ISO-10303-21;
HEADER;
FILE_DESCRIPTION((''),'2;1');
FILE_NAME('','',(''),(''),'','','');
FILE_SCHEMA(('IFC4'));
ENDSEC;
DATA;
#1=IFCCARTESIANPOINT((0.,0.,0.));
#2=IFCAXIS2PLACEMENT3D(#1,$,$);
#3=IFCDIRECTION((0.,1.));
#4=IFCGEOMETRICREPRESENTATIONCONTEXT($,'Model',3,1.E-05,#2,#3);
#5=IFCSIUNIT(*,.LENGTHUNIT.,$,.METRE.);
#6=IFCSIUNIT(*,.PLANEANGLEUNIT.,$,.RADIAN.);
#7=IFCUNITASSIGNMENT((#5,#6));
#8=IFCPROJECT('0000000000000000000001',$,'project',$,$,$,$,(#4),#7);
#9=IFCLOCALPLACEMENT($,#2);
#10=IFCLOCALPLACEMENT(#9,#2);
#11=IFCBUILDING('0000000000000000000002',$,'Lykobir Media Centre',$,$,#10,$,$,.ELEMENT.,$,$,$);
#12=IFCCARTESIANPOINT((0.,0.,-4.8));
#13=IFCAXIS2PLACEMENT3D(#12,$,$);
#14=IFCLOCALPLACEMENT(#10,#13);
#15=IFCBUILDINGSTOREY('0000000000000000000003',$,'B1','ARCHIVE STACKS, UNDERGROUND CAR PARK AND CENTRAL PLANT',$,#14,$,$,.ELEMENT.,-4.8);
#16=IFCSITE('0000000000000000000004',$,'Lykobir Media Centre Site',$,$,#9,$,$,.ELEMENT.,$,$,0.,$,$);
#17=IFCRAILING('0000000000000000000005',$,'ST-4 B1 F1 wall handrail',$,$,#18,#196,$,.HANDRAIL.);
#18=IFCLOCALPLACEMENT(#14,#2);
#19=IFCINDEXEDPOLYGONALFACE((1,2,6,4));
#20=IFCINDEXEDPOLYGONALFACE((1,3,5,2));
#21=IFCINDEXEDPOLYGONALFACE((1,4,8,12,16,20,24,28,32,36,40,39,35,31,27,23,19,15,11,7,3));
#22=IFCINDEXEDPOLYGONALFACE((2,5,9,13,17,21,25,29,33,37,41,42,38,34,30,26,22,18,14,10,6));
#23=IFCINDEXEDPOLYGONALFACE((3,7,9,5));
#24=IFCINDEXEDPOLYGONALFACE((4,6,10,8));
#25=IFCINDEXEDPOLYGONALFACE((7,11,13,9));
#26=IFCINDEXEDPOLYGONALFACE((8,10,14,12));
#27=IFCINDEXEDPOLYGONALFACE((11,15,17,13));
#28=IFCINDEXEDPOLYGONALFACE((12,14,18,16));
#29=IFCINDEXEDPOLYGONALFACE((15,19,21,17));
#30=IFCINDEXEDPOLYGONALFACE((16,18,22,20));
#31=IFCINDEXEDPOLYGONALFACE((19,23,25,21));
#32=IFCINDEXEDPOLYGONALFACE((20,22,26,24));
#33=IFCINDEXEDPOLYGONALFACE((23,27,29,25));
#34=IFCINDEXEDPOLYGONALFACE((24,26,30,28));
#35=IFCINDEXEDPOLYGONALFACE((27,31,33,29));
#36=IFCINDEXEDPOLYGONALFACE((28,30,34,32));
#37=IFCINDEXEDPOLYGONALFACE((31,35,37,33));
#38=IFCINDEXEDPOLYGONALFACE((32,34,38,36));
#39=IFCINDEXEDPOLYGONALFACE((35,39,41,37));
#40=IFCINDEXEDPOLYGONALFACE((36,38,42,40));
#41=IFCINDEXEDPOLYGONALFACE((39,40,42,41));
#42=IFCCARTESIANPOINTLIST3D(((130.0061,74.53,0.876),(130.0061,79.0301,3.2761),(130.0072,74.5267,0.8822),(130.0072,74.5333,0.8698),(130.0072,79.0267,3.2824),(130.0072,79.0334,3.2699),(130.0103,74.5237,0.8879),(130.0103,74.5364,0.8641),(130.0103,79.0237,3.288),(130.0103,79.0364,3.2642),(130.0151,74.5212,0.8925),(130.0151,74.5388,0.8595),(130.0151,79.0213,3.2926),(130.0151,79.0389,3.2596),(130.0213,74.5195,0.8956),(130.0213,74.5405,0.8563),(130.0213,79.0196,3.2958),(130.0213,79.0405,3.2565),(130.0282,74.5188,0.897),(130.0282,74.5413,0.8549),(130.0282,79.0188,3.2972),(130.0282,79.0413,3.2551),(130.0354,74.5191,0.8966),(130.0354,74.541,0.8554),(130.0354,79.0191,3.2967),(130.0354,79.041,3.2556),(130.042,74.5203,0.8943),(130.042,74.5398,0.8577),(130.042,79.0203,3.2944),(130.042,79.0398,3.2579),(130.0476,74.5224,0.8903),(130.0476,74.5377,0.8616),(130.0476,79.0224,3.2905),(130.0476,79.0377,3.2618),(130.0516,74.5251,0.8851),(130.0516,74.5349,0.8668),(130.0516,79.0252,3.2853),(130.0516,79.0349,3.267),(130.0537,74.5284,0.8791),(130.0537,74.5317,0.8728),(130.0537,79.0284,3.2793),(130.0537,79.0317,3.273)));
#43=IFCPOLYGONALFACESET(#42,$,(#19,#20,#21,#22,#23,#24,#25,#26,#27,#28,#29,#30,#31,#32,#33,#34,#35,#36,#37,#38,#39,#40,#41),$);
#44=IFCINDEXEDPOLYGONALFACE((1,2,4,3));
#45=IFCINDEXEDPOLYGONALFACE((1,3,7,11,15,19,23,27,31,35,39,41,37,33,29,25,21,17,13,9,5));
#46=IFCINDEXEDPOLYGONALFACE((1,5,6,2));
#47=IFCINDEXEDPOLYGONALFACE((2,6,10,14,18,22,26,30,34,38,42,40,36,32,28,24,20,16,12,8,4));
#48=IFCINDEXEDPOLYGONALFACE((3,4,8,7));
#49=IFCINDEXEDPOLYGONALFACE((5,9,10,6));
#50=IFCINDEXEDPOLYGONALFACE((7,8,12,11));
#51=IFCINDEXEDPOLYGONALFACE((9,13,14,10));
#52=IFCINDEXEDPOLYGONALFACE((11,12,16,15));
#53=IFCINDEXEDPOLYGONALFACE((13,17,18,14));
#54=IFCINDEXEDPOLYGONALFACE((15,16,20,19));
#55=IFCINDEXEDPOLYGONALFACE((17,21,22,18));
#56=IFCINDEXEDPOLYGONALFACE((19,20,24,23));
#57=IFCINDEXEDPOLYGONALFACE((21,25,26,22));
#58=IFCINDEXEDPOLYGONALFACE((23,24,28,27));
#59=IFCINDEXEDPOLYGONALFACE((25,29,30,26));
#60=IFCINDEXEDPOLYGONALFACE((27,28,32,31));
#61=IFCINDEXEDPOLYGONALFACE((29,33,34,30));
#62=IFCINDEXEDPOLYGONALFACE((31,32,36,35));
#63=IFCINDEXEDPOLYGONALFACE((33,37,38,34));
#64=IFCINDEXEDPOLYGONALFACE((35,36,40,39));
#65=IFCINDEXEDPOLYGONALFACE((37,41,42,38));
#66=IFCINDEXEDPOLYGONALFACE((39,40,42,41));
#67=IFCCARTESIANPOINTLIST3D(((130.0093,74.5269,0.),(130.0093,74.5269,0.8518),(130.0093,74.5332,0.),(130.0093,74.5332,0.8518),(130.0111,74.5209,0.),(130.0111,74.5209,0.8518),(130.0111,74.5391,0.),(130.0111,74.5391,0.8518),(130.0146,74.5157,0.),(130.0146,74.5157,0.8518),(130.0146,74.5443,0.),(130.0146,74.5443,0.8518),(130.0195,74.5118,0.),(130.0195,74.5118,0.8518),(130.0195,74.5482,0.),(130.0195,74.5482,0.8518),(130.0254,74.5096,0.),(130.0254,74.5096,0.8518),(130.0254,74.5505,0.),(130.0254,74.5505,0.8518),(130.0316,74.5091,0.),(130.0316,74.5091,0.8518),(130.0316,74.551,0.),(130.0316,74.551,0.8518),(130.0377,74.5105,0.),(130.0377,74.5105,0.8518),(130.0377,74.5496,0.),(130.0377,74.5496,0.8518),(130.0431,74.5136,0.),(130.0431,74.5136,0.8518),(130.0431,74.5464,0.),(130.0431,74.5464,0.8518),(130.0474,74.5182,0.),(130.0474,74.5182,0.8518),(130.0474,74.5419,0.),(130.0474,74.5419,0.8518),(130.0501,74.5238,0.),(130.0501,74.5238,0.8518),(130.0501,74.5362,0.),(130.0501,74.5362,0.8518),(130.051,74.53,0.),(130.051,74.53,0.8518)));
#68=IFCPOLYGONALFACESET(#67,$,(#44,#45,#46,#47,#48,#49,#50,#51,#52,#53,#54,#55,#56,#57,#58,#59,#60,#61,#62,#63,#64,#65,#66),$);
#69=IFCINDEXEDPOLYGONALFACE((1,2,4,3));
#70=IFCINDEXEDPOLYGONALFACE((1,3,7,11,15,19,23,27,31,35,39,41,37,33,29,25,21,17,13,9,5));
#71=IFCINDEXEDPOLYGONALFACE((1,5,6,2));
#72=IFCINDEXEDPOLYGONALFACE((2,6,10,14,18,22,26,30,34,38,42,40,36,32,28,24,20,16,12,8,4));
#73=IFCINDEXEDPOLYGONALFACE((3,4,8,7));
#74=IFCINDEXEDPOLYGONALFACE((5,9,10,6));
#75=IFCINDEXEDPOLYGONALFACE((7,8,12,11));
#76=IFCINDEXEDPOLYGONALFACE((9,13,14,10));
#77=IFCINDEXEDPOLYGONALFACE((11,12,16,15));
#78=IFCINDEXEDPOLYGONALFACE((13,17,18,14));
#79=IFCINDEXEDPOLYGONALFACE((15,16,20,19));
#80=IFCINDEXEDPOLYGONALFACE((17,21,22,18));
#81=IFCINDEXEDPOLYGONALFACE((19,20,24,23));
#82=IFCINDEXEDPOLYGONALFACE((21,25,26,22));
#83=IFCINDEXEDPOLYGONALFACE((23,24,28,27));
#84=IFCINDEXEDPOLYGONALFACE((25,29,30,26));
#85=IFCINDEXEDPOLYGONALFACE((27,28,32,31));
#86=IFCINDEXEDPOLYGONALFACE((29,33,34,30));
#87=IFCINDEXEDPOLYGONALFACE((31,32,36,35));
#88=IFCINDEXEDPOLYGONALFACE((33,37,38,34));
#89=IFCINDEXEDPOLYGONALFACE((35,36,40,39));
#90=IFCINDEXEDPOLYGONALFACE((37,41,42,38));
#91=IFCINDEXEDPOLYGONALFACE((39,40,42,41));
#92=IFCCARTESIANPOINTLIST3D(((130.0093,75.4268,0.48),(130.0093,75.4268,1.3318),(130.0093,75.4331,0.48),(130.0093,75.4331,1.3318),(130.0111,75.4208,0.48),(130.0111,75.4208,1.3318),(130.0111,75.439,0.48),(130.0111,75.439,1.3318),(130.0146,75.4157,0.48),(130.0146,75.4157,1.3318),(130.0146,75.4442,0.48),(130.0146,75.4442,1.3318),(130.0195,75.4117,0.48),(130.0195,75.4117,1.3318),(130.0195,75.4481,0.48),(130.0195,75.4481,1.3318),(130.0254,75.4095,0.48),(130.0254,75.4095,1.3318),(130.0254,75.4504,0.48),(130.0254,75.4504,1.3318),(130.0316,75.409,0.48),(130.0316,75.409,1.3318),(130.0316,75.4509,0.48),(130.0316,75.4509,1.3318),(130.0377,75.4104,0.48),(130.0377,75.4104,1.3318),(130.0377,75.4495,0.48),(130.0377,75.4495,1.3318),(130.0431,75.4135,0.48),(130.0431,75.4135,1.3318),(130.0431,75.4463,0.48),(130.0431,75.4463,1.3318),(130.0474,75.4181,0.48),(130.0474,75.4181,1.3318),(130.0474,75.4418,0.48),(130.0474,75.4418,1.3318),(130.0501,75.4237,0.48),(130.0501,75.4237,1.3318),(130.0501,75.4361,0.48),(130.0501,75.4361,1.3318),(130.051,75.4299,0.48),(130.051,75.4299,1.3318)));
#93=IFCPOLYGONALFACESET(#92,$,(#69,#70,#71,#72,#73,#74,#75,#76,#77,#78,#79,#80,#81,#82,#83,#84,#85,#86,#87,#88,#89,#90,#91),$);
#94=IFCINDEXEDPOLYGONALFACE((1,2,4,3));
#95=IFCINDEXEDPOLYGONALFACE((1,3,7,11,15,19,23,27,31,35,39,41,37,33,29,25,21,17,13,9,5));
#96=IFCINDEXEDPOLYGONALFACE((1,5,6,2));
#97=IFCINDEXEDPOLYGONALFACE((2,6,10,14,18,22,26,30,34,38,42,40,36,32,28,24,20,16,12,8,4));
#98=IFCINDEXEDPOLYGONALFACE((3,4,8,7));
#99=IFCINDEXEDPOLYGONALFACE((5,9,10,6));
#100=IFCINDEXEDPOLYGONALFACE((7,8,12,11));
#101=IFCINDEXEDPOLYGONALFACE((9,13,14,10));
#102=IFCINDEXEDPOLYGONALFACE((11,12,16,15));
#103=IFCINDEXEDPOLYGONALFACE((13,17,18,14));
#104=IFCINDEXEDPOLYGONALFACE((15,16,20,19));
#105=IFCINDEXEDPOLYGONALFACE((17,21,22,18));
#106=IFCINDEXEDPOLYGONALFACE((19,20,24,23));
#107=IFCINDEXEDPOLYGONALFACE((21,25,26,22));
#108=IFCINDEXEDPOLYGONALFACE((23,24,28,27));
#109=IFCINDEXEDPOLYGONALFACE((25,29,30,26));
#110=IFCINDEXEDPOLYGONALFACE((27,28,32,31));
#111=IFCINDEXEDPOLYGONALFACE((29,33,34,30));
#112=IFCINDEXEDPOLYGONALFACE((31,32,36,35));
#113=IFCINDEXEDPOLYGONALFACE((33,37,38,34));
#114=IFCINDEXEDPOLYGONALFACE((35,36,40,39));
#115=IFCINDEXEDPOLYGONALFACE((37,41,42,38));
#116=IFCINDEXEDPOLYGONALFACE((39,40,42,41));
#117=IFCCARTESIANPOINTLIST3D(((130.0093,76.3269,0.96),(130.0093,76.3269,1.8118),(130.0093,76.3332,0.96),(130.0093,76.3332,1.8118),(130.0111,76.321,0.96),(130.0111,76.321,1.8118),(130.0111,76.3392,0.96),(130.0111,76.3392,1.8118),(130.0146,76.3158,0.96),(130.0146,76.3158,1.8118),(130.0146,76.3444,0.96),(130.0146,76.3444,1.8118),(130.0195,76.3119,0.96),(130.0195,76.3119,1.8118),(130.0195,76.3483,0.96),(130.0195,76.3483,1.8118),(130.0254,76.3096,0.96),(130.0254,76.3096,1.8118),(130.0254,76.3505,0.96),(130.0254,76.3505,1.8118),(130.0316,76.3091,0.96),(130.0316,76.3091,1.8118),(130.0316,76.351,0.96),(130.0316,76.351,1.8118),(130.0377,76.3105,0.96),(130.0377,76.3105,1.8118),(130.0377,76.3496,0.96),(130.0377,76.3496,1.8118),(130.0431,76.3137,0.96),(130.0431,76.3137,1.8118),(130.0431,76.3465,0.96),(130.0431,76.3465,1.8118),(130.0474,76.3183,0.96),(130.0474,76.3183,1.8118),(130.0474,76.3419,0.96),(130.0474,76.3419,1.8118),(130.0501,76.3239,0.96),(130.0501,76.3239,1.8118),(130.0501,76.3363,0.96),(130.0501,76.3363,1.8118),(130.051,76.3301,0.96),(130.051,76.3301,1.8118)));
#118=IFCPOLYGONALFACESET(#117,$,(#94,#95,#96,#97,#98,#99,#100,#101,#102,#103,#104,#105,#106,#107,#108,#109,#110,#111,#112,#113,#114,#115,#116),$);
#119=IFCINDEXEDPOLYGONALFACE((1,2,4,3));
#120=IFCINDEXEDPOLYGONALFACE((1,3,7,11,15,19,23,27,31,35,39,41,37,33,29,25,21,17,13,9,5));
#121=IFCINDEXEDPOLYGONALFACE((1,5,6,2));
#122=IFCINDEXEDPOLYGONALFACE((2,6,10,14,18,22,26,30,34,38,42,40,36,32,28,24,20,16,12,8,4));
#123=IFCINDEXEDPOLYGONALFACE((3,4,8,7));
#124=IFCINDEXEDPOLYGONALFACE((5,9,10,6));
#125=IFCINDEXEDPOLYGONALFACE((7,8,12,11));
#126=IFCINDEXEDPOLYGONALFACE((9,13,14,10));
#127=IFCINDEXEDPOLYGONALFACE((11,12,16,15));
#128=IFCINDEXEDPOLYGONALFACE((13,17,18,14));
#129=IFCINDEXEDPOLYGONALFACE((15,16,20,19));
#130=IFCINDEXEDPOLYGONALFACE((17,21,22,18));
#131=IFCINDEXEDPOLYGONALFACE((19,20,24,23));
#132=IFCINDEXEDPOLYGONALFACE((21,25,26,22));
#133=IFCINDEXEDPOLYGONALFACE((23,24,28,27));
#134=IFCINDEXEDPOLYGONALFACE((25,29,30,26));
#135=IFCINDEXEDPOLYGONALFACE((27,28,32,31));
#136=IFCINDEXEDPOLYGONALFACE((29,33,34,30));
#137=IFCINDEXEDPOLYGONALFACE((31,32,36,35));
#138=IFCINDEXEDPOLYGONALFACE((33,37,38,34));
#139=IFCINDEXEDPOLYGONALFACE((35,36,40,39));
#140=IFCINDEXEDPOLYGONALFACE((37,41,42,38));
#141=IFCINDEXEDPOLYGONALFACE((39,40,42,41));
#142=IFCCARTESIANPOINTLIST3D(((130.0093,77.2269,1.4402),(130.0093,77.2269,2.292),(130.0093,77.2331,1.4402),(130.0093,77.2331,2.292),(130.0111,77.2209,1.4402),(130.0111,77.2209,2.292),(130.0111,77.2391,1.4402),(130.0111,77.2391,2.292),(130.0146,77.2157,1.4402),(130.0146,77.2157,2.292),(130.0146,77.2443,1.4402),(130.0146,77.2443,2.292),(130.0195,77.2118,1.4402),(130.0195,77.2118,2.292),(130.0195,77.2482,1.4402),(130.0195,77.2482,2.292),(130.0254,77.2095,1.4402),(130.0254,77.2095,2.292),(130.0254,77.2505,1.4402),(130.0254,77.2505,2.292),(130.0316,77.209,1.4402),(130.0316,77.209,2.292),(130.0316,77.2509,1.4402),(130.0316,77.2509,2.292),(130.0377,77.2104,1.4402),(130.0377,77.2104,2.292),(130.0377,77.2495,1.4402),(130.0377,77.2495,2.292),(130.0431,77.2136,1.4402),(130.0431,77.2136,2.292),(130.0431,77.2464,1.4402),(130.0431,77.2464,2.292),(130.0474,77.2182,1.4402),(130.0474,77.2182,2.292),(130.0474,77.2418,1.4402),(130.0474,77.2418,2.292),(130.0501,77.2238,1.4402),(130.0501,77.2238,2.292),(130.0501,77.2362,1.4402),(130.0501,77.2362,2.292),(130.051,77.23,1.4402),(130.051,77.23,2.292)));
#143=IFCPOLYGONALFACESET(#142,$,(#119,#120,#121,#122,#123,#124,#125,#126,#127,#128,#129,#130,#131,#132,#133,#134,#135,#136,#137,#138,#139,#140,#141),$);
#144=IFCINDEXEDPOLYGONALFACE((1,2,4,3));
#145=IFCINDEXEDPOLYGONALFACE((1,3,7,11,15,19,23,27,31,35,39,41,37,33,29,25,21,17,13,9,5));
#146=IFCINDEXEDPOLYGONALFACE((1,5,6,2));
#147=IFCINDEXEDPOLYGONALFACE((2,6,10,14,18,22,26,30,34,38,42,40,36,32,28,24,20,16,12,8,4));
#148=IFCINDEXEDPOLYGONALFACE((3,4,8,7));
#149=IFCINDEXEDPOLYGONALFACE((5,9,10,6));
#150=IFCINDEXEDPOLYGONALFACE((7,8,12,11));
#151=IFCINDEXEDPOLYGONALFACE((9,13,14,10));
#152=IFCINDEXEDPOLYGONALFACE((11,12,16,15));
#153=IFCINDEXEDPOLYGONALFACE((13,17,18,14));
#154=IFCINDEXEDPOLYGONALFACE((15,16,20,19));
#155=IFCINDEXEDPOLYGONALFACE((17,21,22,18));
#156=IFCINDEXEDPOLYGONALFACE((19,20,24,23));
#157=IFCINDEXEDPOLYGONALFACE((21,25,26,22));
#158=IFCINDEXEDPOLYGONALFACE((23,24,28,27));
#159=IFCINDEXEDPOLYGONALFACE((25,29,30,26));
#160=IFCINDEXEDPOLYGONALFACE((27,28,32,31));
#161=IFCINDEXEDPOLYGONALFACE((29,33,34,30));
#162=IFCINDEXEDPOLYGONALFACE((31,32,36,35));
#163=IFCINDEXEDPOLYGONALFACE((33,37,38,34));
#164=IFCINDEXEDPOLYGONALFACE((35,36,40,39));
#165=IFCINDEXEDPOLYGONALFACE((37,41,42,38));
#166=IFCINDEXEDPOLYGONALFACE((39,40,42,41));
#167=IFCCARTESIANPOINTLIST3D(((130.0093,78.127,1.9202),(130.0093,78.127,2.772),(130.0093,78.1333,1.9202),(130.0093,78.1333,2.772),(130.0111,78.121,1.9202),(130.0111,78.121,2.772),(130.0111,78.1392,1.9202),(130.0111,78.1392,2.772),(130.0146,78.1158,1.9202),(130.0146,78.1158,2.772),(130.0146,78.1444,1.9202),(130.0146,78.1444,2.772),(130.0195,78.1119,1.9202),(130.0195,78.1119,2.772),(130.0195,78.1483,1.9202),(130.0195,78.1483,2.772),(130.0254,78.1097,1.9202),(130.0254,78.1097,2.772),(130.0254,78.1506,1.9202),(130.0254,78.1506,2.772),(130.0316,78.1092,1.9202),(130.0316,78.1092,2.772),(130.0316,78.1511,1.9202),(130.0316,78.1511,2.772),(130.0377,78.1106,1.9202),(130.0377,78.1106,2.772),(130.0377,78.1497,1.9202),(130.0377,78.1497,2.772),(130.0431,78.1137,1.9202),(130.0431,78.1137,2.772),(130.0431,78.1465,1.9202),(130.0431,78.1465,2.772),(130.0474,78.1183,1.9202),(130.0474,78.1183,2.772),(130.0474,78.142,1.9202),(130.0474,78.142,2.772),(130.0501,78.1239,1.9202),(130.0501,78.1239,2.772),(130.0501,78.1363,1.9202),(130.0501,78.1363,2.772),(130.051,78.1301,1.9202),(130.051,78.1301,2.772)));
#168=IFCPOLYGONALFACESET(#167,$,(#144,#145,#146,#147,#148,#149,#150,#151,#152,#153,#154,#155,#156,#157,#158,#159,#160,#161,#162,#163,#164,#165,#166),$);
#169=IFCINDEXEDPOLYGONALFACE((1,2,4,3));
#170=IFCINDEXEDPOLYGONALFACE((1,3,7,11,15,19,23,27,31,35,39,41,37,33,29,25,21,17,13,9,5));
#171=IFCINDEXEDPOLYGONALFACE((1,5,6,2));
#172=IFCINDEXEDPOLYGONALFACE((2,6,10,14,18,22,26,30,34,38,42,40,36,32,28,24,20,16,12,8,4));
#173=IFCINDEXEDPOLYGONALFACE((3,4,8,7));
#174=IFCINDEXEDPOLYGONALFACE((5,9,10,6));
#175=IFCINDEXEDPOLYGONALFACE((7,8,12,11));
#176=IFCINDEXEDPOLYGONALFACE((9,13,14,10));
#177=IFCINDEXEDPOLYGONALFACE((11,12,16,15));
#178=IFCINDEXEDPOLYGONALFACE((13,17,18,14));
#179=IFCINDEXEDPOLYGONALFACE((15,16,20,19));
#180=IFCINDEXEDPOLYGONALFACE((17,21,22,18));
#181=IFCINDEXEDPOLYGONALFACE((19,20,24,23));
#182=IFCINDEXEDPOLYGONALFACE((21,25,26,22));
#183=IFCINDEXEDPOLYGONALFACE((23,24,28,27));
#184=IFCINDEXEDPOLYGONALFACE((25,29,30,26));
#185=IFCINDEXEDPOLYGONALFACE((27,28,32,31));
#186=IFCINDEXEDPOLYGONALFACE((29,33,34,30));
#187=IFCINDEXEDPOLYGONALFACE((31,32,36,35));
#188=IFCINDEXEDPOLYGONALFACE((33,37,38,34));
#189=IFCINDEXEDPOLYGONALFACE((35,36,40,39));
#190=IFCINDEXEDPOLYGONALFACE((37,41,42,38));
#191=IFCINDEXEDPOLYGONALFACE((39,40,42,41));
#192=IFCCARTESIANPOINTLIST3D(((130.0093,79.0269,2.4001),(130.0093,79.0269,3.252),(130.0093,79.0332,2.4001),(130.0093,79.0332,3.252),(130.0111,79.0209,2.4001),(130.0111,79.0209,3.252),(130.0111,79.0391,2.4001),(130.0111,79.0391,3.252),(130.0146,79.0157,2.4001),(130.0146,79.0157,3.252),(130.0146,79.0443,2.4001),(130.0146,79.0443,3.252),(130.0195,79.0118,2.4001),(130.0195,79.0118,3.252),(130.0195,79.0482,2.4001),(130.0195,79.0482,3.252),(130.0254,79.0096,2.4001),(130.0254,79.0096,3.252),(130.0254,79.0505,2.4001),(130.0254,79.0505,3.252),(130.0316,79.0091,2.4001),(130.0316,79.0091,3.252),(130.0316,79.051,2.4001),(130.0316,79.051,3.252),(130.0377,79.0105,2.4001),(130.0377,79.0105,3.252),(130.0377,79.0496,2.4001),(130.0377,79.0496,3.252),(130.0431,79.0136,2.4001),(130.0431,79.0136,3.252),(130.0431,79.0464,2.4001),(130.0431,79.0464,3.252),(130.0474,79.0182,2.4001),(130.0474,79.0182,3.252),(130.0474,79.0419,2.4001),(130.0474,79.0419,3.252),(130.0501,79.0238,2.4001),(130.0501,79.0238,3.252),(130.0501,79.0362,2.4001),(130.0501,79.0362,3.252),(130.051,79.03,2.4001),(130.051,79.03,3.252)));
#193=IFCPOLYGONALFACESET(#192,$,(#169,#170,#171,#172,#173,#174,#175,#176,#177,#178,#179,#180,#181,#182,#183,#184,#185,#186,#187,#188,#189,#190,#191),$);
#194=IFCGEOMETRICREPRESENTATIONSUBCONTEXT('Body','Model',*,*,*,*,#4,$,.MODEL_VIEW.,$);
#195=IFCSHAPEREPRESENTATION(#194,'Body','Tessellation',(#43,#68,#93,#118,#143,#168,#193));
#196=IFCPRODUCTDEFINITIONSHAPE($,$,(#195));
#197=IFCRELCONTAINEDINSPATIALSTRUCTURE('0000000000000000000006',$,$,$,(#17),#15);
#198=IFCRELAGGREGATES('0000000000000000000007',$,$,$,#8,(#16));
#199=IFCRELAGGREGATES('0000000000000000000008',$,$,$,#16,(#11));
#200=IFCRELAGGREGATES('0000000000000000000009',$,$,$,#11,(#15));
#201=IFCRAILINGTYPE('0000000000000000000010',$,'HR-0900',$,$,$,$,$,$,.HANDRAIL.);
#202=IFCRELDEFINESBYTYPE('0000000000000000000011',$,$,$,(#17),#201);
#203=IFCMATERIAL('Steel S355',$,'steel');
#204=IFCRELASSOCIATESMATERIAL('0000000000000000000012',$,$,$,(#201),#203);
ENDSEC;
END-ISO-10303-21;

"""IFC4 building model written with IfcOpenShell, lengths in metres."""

from ifc_helpers import new_model, si_unit, direction, frame, origin, origin_2d, place, context, subcontext, project, spatial, circle, extrude, material, type_object, element, save


model = new_model("IFC4")

# Units and contexts
model_context = context("Model", 3, precision=1e-05, world=origin(), true_north=direction((0.0, 1.0)))
body_context = subcontext(model_context, "Body", "Model", "MODEL_VIEW")
ifc_project = project(units=[si_unit("LENGTHUNIT", "METRE"), si_unit("PLANEANGLEUNIT", "RADIAN")], contexts=[model_context])

# Site, building, storey
site_placement = place(None, origin())
site = spatial("IfcSite", under=ifc_project, at=site_placement, Name="Lykobir Media Centre Site", CompositionType="ELEMENT", RefElevation=0.0)
building_placement = place(site_placement, origin())
building = spatial("IfcBuilding", under=site, at=building_placement, Name="Lykobir Media Centre", CompositionType="ELEMENT")
storey_placement = place(building_placement, frame((0.0, 0.0, -4.8)))
storey = spatial("IfcBuildingStorey", under=building, at=storey_placement, Name="B1", Description="ARCHIVE STACKS, UNDERGROUND CAR PARK AND CENTRAL PLANT", CompositionType="ELEMENT", Elevation=-4.8)

# Shared definitions
ifc_material_1 = material(Name="Steel S355", Category="steel")

# Railing
railing_type = type_object("IfcRailingType", Name="HR-0900", PredefinedType="HANDRAIL", material=ifc_material_1)
railing_placement = place(storey_placement, frame((130.03, 74.53, 0.0)))
element("IfcRailing", 1, at=railing_placement, inside=storey, type_object=railing_type, Name="ST-4 B1 F1 wall handrail", PredefinedType="HANDRAIL", context=body_context, shape_type="SweptSolid", body=[
    extrude(circle(Radius=0.0239, at=origin_2d()), frame((0.0, 0.0, 0.876), z_axis=(0.0, 0.882341, 0.470611), x_axis=(-1.0, 0.0, 0.0)), (0.0, 0.0, 1.0), 5.1001),
    extrude(circle(Radius=0.021, at=origin_2d()), origin(), (0.0, 0.0, 1.0), 0.8518),
    extrude(circle(Radius=0.021, at=origin_2d()), frame((0.0, 0.8999, 0.48)), (0.0, 0.0, 1.0), 0.8518),
    extrude(circle(Radius=0.021, at=origin_2d()), frame((0.0, 1.8, 0.96)), (0.0, 0.0, 1.0), 0.8518),
    extrude(circle(Radius=0.021, at=origin_2d()), frame((0.0, 2.7, 1.4402)), (0.0, 0.0, 1.0), 0.8518),
    extrude(circle(Radius=0.021, at=origin_2d()), frame((0.0, 3.6001, 1.9202)), (0.0, 0.0, 1.0), 0.8518),
    extrude(circle(Radius=0.021, at=origin_2d()), frame((0.0, 4.5, 2.4001)), (0.0, 0.0, 1.0), 0.8518),
])

save(model, "model.ifc")
